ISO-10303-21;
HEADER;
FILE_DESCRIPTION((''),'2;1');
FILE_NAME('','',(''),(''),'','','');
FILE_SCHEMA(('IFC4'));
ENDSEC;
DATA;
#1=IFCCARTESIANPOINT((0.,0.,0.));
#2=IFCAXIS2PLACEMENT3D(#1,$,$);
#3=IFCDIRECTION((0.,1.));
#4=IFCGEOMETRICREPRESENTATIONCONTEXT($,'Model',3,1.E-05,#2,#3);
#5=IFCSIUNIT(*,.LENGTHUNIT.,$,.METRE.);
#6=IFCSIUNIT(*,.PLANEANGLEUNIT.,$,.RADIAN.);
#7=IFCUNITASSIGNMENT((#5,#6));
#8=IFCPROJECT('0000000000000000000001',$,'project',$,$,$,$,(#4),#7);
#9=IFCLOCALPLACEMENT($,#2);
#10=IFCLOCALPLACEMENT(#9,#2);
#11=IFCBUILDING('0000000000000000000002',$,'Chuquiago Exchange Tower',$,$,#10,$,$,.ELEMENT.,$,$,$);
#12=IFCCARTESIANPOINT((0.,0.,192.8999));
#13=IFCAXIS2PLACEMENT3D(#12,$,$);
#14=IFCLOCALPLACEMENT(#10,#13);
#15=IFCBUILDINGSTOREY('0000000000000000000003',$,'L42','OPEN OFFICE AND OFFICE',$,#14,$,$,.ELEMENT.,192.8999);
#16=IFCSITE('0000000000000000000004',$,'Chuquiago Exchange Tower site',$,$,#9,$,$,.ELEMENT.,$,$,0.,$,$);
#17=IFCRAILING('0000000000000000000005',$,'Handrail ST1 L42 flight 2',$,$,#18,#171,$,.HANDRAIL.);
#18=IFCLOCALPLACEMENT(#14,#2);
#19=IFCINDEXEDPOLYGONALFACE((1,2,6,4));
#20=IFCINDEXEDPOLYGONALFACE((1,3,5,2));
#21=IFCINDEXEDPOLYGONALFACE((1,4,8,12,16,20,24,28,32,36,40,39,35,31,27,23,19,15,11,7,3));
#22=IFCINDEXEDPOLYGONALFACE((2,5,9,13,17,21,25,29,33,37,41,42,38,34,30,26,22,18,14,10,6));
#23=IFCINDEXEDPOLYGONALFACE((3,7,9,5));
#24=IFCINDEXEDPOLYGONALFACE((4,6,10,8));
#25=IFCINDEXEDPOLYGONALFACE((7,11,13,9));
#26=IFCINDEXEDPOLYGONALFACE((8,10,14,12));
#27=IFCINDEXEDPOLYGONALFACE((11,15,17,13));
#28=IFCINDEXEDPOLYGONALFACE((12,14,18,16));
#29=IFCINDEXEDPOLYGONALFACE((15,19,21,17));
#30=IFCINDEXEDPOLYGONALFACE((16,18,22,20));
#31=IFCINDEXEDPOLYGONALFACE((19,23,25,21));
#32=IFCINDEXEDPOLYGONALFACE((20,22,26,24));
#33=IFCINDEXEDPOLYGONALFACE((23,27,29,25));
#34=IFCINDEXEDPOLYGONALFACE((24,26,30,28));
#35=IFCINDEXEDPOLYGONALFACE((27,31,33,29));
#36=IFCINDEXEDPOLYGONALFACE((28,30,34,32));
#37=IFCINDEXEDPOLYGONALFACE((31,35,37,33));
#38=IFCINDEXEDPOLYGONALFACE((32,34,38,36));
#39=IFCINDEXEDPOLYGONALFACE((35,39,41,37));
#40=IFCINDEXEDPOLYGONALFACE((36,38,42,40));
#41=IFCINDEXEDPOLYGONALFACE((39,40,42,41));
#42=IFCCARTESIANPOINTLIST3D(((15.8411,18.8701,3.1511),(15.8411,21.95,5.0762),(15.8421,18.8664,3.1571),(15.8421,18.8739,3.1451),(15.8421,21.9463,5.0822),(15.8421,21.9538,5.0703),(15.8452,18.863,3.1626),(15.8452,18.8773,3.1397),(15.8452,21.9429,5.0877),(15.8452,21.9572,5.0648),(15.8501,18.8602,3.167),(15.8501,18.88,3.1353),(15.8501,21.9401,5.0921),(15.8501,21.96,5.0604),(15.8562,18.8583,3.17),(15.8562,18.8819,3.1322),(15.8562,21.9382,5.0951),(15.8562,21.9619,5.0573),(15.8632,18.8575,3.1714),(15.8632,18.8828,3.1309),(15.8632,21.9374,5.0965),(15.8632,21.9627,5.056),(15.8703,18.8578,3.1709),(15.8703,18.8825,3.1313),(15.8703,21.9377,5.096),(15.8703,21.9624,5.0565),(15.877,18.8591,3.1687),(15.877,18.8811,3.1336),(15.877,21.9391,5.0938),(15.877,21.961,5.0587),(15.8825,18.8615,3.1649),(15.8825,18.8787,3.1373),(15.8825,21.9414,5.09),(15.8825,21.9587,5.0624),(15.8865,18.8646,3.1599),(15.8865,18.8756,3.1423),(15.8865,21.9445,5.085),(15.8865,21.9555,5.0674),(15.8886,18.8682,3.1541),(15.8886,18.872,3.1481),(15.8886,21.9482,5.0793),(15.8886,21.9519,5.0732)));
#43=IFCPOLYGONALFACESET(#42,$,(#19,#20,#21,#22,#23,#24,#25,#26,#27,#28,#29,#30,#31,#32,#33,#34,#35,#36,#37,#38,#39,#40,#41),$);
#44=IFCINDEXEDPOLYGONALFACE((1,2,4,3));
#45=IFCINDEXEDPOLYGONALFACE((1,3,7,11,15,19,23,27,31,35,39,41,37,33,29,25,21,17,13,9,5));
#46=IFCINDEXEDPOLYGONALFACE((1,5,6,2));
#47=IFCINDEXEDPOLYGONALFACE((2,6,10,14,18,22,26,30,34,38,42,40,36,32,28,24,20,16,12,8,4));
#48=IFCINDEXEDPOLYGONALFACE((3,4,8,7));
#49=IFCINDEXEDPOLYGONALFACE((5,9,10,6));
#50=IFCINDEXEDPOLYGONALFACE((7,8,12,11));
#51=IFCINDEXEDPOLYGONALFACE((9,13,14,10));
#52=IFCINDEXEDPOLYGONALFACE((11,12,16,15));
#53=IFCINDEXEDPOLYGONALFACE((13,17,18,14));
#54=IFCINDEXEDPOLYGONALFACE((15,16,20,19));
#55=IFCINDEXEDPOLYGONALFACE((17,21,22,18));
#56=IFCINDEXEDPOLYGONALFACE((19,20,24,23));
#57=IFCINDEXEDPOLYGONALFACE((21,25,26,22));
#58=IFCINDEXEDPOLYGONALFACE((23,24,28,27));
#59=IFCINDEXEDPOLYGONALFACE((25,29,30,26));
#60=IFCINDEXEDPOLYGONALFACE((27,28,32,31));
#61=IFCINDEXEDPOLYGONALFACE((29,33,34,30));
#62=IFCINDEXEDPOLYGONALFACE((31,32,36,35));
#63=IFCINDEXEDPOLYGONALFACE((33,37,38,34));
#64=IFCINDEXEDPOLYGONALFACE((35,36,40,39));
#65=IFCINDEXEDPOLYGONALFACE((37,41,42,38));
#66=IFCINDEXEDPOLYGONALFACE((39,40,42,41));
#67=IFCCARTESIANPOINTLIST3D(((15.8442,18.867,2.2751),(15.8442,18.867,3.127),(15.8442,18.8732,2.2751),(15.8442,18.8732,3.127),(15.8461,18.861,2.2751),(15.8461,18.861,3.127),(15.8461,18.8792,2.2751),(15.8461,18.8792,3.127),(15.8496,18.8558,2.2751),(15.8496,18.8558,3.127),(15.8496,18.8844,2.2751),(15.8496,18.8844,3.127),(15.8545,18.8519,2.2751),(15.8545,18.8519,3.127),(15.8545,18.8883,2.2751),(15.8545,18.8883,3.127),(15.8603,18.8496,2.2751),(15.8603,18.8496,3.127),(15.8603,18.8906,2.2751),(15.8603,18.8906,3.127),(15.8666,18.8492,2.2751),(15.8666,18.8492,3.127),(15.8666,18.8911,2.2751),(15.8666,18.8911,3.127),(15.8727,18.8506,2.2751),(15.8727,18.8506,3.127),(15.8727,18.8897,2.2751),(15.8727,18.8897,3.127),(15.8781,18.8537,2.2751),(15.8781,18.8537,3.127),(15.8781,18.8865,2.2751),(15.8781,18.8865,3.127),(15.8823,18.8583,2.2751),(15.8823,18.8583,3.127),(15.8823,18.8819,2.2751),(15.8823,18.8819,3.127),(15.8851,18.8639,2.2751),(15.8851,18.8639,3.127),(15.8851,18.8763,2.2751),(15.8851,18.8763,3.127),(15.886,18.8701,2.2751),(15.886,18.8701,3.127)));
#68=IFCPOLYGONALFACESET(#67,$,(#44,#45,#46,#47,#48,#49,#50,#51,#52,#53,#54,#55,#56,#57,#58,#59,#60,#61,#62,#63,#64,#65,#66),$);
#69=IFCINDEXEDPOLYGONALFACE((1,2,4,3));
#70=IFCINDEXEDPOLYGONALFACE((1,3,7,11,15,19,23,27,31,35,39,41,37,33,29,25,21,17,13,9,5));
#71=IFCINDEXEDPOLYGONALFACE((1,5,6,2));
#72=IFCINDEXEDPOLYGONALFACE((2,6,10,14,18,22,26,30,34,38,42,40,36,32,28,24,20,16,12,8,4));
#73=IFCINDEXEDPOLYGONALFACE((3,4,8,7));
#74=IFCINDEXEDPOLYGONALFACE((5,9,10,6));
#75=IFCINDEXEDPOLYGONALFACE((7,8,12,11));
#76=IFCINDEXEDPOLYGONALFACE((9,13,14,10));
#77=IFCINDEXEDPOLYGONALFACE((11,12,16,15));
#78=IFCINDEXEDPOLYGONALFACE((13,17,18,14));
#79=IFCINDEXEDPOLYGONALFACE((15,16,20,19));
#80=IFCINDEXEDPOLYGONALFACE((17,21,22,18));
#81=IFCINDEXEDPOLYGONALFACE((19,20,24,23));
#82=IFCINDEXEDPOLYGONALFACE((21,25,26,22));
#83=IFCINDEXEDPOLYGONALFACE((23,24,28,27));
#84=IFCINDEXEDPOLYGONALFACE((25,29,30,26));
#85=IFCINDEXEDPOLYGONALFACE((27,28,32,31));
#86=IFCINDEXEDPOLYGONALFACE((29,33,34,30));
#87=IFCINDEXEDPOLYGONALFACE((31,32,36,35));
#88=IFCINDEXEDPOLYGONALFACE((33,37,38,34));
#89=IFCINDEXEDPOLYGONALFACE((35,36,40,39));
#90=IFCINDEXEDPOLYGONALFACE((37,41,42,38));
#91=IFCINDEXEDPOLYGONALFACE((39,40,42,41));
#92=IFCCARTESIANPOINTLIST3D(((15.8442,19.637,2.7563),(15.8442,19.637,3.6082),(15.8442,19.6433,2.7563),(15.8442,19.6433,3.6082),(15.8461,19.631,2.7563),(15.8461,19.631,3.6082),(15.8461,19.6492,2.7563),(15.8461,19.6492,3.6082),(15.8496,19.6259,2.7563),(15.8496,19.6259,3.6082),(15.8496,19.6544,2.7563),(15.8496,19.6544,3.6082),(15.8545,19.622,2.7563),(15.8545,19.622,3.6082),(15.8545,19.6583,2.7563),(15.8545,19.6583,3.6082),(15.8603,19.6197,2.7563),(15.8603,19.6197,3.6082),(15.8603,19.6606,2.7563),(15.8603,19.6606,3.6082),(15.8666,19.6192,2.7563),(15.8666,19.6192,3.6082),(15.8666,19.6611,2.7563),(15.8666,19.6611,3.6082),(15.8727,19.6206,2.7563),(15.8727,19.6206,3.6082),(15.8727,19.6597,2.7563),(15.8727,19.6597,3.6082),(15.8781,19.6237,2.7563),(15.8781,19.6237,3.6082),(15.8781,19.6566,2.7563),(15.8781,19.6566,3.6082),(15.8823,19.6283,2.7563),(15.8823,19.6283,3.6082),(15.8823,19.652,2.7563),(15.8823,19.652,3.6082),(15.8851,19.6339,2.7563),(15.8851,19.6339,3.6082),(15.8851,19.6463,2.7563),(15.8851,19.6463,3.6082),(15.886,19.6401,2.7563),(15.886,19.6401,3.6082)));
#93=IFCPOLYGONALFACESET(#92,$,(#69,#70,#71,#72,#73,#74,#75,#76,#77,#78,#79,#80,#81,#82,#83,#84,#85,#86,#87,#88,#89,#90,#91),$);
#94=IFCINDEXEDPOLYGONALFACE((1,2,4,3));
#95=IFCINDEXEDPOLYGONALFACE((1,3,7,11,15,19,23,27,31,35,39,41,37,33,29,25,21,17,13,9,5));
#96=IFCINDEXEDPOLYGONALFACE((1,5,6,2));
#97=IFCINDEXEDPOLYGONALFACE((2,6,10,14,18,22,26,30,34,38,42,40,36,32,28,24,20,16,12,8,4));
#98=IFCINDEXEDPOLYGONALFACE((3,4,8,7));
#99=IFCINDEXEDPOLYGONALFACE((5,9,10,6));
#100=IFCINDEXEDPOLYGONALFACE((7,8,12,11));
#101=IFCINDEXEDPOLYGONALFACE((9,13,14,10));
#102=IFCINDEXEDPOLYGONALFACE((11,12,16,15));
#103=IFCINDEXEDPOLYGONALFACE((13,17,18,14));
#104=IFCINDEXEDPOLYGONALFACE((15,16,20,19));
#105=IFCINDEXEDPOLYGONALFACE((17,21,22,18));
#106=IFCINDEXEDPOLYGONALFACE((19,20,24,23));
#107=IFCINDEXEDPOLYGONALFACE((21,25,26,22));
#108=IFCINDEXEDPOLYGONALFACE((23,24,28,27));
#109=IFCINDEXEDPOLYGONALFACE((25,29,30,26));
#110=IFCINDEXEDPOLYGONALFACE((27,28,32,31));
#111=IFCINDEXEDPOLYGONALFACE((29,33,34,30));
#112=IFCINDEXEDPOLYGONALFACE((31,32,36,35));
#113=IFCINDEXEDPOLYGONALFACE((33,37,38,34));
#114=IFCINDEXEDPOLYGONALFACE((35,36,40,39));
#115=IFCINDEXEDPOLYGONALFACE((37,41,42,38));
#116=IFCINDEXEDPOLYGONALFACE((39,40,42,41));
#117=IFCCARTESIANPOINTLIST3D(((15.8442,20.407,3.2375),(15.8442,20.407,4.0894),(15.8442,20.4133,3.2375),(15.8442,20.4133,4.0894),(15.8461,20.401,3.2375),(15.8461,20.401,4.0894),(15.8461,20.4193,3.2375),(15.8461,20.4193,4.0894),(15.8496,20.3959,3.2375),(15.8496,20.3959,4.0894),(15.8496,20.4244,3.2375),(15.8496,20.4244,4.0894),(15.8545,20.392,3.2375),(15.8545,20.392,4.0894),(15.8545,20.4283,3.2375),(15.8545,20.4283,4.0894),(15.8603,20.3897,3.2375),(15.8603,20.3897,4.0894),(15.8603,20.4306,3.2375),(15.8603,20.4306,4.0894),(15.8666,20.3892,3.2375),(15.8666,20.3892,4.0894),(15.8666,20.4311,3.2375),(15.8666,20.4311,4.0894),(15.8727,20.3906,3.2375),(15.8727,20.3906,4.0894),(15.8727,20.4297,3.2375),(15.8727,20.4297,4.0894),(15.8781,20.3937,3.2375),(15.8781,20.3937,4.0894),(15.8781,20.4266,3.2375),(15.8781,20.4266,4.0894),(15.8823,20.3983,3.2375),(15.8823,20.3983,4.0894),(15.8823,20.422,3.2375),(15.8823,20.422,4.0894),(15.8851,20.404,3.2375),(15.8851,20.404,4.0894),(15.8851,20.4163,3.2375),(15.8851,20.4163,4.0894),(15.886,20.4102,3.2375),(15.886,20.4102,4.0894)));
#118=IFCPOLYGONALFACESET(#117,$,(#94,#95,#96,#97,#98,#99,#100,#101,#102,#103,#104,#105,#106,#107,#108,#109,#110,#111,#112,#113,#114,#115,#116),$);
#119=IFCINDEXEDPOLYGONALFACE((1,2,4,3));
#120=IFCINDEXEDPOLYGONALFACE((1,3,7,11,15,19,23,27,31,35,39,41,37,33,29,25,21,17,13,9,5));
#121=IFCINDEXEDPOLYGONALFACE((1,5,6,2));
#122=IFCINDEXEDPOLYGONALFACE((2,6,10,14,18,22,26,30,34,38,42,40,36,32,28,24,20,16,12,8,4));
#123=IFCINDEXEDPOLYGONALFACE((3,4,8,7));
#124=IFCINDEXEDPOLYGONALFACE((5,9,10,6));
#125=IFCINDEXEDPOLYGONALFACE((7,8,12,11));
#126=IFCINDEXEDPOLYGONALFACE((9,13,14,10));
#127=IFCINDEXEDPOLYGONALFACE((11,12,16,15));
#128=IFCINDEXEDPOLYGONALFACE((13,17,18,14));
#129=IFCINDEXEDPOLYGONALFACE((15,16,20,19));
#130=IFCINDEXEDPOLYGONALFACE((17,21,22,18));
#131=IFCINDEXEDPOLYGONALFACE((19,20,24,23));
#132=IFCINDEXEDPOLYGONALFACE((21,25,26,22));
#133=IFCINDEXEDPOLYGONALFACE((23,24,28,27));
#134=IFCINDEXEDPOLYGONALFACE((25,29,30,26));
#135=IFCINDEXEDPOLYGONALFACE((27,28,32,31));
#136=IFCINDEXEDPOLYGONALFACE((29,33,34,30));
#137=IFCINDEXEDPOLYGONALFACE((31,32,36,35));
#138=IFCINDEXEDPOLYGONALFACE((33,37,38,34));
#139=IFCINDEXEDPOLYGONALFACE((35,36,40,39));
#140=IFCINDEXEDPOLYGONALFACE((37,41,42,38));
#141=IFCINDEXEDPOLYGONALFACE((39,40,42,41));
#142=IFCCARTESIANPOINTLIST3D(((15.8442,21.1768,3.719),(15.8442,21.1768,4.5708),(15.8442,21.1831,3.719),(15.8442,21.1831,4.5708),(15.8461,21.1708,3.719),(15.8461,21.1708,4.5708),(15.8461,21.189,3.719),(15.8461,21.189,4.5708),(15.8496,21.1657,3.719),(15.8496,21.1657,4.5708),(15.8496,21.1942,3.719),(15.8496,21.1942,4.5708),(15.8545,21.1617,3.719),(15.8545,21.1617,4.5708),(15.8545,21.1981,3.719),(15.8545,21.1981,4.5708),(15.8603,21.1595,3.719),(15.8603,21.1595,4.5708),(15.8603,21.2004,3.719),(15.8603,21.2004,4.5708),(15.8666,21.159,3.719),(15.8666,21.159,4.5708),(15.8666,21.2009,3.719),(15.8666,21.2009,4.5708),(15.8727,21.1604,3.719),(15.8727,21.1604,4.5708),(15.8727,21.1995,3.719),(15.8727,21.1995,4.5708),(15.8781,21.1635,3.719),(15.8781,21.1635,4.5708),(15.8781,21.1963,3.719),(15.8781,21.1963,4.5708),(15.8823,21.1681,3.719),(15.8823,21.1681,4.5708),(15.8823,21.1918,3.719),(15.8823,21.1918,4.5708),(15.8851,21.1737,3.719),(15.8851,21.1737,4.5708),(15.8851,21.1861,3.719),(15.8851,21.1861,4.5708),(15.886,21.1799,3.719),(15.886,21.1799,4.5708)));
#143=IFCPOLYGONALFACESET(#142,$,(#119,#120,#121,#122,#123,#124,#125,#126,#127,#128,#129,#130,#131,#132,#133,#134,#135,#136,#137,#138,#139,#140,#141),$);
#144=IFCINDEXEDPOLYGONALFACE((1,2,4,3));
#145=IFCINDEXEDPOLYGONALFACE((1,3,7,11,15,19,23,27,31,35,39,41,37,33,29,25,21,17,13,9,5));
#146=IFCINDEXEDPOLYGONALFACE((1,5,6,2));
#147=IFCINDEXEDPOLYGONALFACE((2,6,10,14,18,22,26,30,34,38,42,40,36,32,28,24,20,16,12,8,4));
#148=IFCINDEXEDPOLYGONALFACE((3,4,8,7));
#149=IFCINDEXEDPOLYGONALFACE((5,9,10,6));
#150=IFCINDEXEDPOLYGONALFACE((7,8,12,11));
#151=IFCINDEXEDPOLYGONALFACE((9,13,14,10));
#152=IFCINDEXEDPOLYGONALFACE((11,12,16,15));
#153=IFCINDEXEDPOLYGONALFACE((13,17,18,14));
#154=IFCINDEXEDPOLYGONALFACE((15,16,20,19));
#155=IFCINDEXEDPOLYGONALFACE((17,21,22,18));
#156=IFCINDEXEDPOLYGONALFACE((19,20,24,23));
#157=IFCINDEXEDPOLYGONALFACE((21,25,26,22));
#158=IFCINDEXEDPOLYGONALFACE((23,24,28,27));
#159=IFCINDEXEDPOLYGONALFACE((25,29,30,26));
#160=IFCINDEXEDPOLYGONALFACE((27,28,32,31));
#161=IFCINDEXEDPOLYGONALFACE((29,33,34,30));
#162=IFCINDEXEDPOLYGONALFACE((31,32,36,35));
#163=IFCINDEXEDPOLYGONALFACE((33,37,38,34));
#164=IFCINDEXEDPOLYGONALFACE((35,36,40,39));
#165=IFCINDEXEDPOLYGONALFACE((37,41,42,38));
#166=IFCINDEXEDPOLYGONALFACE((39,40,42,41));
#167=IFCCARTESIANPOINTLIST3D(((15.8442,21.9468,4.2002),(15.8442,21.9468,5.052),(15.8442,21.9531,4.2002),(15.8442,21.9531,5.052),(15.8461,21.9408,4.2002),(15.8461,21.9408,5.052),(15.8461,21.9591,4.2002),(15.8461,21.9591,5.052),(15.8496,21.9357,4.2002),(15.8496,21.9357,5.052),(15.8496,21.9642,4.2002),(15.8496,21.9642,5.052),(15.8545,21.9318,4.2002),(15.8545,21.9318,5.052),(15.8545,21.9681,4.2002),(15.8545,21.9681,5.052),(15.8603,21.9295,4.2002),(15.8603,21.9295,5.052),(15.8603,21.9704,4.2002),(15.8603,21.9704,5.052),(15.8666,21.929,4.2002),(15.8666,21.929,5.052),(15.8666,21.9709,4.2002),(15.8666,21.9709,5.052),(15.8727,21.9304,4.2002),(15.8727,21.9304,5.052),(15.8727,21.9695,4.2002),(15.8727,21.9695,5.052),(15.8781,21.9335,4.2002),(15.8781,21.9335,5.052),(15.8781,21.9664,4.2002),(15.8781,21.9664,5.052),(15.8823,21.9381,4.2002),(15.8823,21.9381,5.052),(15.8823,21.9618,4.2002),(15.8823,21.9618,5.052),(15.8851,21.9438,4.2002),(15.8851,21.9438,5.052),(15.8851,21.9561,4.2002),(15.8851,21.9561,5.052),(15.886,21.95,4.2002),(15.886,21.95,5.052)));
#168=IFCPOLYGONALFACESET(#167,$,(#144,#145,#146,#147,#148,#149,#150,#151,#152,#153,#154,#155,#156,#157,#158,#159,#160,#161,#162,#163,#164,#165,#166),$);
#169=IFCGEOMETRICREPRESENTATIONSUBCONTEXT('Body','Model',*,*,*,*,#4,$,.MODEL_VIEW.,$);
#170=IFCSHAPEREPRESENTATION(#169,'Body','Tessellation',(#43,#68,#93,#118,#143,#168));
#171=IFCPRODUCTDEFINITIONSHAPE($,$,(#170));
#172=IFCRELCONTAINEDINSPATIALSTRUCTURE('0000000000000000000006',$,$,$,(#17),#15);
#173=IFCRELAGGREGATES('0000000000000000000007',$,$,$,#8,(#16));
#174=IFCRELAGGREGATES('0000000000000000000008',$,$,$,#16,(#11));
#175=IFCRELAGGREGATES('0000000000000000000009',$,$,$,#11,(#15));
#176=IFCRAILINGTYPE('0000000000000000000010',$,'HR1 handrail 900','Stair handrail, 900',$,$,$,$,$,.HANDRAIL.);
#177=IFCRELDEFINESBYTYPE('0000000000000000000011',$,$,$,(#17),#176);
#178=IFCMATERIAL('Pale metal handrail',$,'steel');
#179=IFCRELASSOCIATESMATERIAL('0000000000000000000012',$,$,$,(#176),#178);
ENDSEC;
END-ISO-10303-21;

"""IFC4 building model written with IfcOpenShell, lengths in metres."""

from ifc_helpers import new_model, si_unit, direction, frame, origin, origin_2d, place, context, subcontext, project, spatial, circle, extrude, material, type_object, element, save


model = new_model("IFC4")

# Units and contexts
model_context = context("Model", 3, precision=1e-05, world=origin(), true_north=direction((0.0, 1.0)))
body_context = subcontext(model_context, "Body", "Model", "MODEL_VIEW")
ifc_project = project(units=[si_unit("LENGTHUNIT", "METRE"), si_unit("PLANEANGLEUNIT", "RADIAN")], contexts=[model_context])

# Site, building, storey
site_placement = place(None, origin())
site = spatial("IfcSite", under=ifc_project, at=site_placement, Name="Chuquiago Exchange Tower site", CompositionType="ELEMENT", RefElevation=0.0)
building_placement = place(site_placement, origin())
building = spatial("IfcBuilding", under=site, at=building_placement, Name="Chuquiago Exchange Tower", CompositionType="ELEMENT")
storey_placement = place(building_placement, frame((0.0, 0.0, 192.8999)))
storey = spatial("IfcBuildingStorey", under=building, at=storey_placement, Name="L42", Description="OPEN OFFICE AND OFFICE", CompositionType="ELEMENT", Elevation=192.8999)

# Railing
ifc_material_1 = material(Name="Pale metal handrail", Category="steel")
railing_type_1 = type_object("IfcRailingType", Name="HR1 handrail 900", Description="Stair handrail, 900", PredefinedType="HANDRAIL", material=ifc_material_1)
for number, where, name in (
    (1, (15.865, 18.8701, 2.2751), "Handrail ST1 L42 flight 2"),
):
    element("IfcRailing", number, at=place(storey_placement, frame(where)), inside=storey, type_object=railing_type_1, Name=name, PredefinedType="HANDRAIL", context=body_context, shape_type="SweptSolid", body=[
        extrude(circle(Radius=0.0239, at=origin_2d()), frame((0.0, 0.0, 0.876), z_axis=(0.0, 0.847979, 0.530029), x_axis=(-1.0, 0.0, 0.0)), (0.0, 0.0, 1.0), 3.6321),
        extrude(circle(Radius=0.021, at=origin_2d()), origin(), (0.0, 0.0, 1.0), 0.8518),
        extrude(circle(Radius=0.021, at=origin_2d()), frame((0.0, 0.77, 0.4812)), (0.0, 0.0, 1.0), 0.8518),
        extrude(circle(Radius=0.021, at=origin_2d()), frame((0.0, 1.54, 0.9624)), (0.0, 0.0, 1.0), 0.8518),
        extrude(circle(Radius=0.021, at=origin_2d()), frame((0.0, 2.3098, 1.4438)), (0.0, 0.0, 1.0), 0.8518),
        extrude(circle(Radius=0.021, at=origin_2d()), frame((0.0, 3.0798, 1.925)), (0.0, 0.0, 1.0), 0.8518),
    ])

save(model, "model.ifc")
